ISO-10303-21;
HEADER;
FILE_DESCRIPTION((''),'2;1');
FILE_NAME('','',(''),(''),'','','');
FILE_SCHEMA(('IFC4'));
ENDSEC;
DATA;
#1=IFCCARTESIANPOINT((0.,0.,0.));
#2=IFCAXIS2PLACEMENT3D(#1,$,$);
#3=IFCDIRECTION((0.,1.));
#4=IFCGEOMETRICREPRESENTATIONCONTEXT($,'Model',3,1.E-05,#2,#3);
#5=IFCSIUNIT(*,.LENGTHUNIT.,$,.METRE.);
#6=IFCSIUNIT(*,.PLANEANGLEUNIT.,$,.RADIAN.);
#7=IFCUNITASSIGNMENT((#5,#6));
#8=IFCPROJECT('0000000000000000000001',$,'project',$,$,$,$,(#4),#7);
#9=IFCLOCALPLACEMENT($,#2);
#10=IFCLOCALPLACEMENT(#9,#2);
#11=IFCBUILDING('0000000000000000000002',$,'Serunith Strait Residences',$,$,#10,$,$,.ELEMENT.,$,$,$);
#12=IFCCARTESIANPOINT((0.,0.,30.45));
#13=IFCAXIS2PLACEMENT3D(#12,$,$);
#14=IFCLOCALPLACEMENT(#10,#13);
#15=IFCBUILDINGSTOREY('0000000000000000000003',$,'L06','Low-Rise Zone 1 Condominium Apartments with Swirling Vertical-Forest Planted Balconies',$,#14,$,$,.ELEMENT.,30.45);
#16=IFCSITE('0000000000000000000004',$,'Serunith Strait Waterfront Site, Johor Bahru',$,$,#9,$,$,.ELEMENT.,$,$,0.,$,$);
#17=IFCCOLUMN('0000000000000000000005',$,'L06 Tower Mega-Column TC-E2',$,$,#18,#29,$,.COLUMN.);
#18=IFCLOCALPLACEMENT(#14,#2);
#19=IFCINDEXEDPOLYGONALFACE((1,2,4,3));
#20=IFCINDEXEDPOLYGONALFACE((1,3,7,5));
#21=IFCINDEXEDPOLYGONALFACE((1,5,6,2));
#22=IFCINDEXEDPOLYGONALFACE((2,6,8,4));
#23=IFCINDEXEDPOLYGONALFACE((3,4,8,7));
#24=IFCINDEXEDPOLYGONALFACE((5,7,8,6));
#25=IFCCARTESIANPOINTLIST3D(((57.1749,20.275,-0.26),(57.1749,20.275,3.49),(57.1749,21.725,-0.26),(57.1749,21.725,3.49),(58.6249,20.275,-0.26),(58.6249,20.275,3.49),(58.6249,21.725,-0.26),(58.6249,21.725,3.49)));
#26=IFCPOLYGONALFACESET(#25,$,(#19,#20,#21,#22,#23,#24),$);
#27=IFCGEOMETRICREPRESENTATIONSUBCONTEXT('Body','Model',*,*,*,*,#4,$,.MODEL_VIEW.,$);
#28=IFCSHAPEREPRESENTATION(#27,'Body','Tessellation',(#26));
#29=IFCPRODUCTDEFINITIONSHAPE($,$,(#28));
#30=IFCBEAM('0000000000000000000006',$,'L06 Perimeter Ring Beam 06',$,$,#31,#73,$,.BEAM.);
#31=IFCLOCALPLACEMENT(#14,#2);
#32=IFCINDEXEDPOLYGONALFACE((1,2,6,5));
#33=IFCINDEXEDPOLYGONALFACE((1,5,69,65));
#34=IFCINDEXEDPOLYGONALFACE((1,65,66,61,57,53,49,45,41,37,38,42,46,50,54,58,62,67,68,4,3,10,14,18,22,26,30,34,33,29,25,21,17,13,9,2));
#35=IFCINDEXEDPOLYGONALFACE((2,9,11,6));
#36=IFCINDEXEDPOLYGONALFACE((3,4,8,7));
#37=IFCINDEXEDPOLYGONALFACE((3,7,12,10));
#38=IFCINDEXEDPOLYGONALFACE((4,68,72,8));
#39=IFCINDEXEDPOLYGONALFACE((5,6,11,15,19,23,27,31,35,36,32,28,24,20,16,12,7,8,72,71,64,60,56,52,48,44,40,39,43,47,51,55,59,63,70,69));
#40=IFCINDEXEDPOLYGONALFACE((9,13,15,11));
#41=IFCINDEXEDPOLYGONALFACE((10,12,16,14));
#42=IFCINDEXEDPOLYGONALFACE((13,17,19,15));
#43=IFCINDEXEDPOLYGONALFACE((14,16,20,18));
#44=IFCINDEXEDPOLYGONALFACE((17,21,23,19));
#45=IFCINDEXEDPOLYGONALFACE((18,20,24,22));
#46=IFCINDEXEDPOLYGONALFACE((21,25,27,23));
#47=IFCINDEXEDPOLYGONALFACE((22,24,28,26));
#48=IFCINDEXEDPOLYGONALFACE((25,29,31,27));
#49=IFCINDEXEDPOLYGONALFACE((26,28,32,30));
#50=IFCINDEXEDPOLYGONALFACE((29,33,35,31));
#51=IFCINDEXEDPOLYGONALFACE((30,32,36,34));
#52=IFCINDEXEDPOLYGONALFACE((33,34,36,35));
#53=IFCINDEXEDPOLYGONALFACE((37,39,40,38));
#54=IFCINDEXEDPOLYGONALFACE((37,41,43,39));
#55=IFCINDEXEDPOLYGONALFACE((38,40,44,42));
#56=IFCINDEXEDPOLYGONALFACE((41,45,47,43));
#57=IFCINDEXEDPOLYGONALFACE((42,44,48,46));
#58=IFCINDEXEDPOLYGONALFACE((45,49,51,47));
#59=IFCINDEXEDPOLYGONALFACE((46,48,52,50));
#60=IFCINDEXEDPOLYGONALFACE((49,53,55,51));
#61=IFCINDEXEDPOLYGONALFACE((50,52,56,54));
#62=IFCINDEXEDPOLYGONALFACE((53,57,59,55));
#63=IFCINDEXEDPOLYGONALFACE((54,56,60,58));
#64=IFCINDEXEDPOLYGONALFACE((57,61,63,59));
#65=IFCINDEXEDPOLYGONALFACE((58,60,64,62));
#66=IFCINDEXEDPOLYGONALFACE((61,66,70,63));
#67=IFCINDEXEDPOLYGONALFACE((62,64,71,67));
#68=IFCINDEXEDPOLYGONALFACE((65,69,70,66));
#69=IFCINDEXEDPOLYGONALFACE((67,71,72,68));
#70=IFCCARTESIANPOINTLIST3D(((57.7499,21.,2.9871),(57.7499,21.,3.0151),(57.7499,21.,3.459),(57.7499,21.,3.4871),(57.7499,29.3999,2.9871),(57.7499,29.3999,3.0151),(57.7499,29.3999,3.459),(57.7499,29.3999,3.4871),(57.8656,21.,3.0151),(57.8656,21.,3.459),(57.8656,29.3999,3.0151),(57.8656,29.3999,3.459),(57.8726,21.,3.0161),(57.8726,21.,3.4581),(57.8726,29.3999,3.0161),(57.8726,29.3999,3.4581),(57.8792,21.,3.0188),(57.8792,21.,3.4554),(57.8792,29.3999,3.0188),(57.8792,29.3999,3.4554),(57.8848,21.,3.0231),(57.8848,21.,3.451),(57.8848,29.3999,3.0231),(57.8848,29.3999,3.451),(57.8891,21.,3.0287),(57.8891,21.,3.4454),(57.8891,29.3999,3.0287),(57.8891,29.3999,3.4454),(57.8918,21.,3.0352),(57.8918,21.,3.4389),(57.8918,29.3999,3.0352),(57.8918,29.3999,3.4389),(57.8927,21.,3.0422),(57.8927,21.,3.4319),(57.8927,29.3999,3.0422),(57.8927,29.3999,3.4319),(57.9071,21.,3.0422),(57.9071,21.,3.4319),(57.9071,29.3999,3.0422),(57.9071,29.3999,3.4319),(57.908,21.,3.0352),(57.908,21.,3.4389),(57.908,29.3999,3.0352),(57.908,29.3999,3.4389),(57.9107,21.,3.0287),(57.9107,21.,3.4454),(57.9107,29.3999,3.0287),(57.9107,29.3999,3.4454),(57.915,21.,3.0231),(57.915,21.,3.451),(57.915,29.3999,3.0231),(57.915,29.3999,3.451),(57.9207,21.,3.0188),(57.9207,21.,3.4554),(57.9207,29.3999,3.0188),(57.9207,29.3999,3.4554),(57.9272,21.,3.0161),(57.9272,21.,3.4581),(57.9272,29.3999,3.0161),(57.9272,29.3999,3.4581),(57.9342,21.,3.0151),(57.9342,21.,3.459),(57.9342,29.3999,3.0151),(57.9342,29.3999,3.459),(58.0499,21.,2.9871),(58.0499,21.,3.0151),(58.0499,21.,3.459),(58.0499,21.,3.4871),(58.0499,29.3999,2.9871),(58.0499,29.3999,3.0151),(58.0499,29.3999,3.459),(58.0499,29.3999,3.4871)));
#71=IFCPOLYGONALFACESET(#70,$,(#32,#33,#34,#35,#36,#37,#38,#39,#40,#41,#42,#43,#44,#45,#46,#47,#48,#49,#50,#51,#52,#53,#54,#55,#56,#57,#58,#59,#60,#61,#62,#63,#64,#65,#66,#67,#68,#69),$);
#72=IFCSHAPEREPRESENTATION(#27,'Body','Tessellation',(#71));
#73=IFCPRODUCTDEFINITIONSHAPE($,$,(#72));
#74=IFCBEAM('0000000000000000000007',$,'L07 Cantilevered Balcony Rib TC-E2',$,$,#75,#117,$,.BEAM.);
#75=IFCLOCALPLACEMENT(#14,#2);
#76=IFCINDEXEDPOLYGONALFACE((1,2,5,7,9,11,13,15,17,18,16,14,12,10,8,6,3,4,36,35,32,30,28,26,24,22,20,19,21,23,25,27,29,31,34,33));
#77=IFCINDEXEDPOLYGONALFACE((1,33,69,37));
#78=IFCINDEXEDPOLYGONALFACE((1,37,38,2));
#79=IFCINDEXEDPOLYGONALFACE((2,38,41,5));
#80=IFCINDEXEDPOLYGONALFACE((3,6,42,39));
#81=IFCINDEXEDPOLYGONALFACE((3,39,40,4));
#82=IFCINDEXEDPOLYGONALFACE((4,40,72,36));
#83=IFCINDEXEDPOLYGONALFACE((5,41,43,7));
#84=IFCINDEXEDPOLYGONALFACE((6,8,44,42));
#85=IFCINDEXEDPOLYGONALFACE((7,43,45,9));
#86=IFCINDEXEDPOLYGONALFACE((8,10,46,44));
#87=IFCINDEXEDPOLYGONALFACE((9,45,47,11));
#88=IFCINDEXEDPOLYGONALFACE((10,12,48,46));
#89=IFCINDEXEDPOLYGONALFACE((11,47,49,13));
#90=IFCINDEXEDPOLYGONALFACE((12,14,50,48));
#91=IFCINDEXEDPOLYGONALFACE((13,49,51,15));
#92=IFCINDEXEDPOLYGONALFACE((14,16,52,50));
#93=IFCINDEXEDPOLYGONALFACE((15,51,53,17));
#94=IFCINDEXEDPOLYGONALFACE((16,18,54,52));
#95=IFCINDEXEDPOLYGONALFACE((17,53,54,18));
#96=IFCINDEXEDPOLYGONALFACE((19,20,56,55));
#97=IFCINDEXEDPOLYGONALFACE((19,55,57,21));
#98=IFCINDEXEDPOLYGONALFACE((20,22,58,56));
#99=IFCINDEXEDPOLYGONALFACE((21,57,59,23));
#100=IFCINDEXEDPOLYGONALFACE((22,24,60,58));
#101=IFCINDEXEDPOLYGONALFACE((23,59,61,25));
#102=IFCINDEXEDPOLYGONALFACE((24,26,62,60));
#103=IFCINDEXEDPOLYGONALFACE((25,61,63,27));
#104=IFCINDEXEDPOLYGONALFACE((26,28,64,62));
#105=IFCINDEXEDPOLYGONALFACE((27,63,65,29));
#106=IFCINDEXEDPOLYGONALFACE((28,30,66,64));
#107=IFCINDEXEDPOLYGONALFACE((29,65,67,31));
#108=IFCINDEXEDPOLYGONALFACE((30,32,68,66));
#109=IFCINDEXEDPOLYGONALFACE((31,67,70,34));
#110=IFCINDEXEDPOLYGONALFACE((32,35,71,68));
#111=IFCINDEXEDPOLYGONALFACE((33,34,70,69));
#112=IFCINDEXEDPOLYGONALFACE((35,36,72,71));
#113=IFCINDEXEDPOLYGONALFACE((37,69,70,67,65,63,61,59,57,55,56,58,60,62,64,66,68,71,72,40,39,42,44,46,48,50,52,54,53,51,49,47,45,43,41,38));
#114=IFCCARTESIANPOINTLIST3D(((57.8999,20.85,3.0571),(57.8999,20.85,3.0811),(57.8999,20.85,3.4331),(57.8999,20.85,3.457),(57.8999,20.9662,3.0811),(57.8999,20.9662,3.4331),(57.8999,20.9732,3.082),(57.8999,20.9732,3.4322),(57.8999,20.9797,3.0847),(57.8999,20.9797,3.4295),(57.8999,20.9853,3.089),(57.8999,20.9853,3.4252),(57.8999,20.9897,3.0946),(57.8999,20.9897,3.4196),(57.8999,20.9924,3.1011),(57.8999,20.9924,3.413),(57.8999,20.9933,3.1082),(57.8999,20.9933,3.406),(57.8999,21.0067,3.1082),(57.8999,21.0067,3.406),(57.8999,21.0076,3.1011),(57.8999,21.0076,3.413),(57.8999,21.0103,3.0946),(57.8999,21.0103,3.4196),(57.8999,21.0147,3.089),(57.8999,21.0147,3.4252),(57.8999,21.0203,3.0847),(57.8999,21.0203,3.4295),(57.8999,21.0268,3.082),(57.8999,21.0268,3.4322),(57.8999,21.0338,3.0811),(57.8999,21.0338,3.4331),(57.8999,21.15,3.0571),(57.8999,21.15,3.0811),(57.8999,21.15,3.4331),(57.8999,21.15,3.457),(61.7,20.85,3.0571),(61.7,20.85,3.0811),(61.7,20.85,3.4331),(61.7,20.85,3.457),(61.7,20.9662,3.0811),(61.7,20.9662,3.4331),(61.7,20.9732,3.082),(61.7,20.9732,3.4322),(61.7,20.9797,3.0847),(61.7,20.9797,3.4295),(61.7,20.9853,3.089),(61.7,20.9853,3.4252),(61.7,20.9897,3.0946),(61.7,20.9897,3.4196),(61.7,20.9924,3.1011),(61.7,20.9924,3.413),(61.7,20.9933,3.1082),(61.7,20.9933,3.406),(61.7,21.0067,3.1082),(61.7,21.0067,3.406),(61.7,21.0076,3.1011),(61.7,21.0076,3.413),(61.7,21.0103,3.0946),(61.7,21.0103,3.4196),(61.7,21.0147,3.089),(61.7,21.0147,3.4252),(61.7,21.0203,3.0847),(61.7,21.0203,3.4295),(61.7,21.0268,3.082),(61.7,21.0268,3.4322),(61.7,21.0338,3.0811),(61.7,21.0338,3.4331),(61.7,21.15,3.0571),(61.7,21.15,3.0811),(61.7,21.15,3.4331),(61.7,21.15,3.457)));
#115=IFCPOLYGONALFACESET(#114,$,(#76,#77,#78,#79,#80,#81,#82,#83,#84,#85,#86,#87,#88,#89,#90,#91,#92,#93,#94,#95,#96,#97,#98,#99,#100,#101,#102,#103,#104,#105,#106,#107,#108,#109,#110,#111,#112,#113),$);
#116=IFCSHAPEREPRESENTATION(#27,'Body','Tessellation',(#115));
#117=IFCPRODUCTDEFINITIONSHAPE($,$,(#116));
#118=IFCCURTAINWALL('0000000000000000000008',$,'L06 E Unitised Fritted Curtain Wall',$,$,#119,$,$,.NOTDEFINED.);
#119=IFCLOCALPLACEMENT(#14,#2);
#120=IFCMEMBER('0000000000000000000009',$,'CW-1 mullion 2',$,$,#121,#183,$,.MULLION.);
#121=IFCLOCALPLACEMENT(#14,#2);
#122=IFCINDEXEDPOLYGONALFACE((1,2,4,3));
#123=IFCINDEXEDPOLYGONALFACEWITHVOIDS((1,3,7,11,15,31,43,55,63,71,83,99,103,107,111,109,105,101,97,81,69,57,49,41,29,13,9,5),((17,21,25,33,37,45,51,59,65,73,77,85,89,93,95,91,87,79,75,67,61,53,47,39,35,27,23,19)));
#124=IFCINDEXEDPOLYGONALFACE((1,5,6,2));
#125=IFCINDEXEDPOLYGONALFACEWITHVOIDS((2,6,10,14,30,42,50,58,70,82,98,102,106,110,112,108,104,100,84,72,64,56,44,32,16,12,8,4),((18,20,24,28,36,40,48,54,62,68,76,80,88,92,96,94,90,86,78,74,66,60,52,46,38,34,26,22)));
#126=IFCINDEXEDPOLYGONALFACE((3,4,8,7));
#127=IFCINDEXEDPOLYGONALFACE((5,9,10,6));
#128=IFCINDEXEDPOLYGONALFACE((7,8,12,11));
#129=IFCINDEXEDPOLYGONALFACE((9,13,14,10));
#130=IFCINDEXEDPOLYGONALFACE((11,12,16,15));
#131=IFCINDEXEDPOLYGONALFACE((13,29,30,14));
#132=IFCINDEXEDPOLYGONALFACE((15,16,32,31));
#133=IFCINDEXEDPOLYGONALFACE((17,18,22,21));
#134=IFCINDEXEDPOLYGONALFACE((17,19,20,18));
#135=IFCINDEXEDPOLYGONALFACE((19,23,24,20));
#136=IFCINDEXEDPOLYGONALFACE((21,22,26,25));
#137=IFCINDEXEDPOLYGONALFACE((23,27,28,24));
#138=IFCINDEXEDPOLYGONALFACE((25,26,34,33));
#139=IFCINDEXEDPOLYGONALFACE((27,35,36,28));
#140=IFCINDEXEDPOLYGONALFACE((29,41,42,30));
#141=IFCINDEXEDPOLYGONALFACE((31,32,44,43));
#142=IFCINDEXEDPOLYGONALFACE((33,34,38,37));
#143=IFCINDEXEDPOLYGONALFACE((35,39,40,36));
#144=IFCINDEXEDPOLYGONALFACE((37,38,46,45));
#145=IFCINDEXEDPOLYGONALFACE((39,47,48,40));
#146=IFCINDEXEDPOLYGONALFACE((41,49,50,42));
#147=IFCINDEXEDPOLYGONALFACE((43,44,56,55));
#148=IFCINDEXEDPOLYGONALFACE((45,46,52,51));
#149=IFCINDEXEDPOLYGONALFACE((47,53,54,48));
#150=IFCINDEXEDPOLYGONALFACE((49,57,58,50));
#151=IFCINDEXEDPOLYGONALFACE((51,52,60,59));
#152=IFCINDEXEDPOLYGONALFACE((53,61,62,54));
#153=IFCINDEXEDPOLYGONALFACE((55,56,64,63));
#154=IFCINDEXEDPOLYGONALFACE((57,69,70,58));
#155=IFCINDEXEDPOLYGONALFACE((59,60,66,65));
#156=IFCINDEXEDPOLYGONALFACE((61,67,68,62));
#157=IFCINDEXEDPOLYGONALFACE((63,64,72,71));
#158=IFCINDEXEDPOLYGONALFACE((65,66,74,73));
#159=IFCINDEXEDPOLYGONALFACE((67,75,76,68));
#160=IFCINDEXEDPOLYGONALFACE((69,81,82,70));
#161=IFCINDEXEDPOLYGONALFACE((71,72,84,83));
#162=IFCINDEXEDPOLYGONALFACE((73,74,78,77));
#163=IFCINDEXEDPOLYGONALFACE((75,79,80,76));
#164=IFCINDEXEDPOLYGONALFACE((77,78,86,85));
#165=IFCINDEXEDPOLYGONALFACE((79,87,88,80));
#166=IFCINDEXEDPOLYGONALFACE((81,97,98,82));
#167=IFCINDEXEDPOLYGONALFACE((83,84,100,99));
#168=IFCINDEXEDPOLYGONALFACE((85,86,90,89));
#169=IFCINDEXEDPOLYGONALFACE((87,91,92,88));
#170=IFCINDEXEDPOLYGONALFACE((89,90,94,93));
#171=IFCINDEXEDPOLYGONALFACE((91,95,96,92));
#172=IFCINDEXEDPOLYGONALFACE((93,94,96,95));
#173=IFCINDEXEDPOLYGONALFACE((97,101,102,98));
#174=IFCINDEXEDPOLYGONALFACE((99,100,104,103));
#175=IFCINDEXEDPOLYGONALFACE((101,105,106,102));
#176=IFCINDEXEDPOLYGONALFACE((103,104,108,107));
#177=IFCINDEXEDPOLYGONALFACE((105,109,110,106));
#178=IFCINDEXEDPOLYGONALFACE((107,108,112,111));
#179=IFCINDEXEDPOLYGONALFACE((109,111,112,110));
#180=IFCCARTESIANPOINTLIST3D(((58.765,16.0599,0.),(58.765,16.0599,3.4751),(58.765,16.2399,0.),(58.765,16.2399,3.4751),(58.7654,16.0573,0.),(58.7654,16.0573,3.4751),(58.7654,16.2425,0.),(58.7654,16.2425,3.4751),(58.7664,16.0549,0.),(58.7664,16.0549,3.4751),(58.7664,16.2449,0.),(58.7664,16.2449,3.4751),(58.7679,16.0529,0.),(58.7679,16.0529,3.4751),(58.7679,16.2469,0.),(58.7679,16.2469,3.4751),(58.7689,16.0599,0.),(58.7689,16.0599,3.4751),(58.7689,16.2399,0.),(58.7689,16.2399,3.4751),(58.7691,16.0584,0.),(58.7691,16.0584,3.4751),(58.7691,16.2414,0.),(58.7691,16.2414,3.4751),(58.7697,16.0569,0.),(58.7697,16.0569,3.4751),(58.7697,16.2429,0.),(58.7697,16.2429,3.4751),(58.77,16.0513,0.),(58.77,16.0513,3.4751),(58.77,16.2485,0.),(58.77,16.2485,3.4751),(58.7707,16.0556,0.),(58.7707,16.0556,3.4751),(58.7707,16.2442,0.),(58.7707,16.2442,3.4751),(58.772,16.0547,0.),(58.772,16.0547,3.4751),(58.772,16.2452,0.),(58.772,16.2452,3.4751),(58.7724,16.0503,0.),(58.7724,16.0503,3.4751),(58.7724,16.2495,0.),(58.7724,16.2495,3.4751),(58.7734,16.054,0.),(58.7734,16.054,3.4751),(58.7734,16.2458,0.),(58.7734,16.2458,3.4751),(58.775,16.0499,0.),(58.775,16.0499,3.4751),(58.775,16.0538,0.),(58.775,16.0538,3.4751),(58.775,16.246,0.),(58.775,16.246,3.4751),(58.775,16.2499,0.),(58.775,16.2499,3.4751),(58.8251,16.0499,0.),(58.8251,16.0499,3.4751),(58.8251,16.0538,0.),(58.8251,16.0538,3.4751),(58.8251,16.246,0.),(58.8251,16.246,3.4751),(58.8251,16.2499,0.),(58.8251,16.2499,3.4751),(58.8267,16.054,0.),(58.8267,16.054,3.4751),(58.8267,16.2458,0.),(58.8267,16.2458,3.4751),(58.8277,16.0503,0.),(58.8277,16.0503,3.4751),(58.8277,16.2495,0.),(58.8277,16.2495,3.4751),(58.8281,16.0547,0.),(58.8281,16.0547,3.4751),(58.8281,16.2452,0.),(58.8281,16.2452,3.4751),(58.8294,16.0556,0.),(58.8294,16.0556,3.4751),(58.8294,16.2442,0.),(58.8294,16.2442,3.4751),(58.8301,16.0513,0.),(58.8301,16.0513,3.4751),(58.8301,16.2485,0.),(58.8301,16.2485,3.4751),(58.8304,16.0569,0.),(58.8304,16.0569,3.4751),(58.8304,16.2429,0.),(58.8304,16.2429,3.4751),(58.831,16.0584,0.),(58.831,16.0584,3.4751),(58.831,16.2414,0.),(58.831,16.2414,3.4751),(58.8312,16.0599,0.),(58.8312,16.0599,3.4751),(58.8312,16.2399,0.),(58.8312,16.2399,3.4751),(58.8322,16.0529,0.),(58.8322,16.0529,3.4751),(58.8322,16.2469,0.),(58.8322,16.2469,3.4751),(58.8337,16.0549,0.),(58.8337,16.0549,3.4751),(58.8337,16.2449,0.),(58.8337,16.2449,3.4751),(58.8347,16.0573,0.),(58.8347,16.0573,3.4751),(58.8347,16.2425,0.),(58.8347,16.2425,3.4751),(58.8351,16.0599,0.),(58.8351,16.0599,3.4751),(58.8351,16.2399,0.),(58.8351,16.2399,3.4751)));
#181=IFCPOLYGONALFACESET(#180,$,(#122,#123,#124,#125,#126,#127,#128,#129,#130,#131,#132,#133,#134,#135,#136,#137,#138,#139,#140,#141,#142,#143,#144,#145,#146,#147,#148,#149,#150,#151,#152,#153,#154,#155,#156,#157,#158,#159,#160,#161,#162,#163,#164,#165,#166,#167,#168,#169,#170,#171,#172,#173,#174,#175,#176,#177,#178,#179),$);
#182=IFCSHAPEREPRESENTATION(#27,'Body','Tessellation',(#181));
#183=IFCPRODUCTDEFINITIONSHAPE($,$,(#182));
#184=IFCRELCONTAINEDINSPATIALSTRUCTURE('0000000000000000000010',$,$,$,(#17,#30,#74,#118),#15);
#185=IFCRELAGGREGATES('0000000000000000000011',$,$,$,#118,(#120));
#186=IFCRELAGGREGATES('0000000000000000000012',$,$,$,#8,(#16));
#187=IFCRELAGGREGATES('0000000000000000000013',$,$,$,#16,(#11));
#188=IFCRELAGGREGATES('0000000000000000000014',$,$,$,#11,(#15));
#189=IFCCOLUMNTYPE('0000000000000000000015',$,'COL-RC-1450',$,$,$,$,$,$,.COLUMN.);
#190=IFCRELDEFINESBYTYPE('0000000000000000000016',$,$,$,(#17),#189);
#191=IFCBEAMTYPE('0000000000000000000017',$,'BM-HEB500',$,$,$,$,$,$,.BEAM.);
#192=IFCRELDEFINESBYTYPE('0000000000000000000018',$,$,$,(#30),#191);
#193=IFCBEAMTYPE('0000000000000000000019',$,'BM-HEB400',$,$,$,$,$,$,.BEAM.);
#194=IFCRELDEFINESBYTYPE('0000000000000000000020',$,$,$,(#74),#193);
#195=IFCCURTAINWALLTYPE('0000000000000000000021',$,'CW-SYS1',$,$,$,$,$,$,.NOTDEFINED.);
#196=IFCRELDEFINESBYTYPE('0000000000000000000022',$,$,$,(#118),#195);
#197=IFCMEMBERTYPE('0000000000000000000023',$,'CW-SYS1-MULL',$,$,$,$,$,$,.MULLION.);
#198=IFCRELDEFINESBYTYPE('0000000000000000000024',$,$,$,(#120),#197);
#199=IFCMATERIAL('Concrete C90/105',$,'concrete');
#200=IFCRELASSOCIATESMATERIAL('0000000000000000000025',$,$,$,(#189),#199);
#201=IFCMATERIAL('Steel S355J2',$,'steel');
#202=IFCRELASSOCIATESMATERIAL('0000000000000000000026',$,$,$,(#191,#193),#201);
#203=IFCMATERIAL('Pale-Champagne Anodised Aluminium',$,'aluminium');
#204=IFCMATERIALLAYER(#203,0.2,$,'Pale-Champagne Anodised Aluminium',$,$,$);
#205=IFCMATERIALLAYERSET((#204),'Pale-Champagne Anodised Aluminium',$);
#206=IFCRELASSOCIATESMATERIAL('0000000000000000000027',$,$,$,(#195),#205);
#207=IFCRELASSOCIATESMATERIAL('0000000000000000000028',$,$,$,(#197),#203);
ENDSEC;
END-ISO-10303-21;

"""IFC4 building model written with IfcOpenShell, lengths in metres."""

from ifc_helpers import new_model, si_unit, direction, frame, origin, origin_2d, place, context, subcontext, project, spatial, rectangle, hollow_rectangle, i_section, extrude, source, transform, mapped, material, layer, layer_set, material_profile, profile_set, type_object, element, aggregate, save


model = new_model("IFC4")

# Units and contexts
model_context = context("Model", 3, precision=1e-05, world=origin(), true_north=direction((0.0, 1.0)))
body_context = subcontext(model_context, "Body", "Model", "MODEL_VIEW")
ifc_project = project(units=[si_unit("LENGTHUNIT", "METRE"), si_unit("PLANEANGLEUNIT", "RADIAN")], contexts=[model_context])

# Site, building, storey
site_placement = place(None, origin())
site = spatial("IfcSite", under=ifc_project, at=site_placement, Name="Serunith Strait Waterfront Site, Johor Bahru", CompositionType="ELEMENT", RefElevation=0.0)
building_placement = place(site_placement, origin())
building = spatial("IfcBuilding", under=site, at=building_placement, Name="Serunith Strait Residences", CompositionType="ELEMENT")
storey_placement = place(building_placement, frame((0.0, 0.0, 30.45)))
storey = spatial("IfcBuildingStorey", under=building, at=storey_placement, Name="L06", Description="Low-Rise Zone 1 Condominium Apartments with Swirling Vertical-Forest Planted Balconies", CompositionType="ELEMENT", Elevation=30.45)

# Column
ifc_material_1 = material(Name="Concrete C90/105", Category="concrete")
ifc_material_profile_1 = material_profile(ifc_material_1, rectangle(XDim=1.45, YDim=1.45, at=origin_2d()), Name="RC 1450x1450")
ifc_profile_set_1 = profile_set([ifc_material_profile_1], Name="Concrete C90/105")
column_type = type_object("IfcColumnType", Name="COL-RC-1450", PredefinedType="COLUMN", material=ifc_profile_set_1)
shared_shape_1 = source(origin(), body_context, "Body", "SweptSolid", [
    extrude(rectangle(XDim=1.45, YDim=1.45, at=origin_2d()), origin(), (0.0, 0.0, 1.0), 3.75),
])
column_placement = place(storey_placement, frame((57.8999, 21.0, -0.26), z_axis=(0.0, 0.0, 1.0), x_axis=(1.0, 0.0, 0.0)))
element("IfcColumn", 1, at=column_placement, inside=storey, type_object=column_type, Name="L06 Tower Mega-Column TC-E2", PredefinedType="COLUMN", context=body_context, shape_type="MappedRepresentation", body=[
    mapped(shared_shape_1, transform((0.0, 0.0, 0.0), scale=1.0)),
])

# Beams
ifc_material_2 = material(Name="Steel S355J2", Category="steel")
ifc_material_profile_2 = material_profile(ifc_material_2, i_section(OverallWidth=0.3, OverallDepth=0.5, WebThickness=0.0144, FlangeThickness=0.0281, FilletRadius=0.0271, at=origin_2d()), Name="HEB 500")
ifc_profile_set_2 = profile_set([ifc_material_profile_2], Name="Steel S355J2")
beam_type_1 = type_object("IfcBeamType", Name="BM-HEB500", PredefinedType="BEAM", material=ifc_profile_set_2)
shared_shape_2 = source(origin(), body_context, "Body", "SweptSolid", [
    extrude(i_section(OverallWidth=0.3, OverallDepth=0.5, WebThickness=0.0144, FlangeThickness=0.0281, FilletRadius=0.0271, at=origin_2d()), origin(), (0.0, 0.0, 1.0), 8.3999),
])
beam_1_placement = place(storey_placement, frame((57.8999, 21.0, 3.2371), z_axis=(0.0, 1.0, 0.0), x_axis=(-1.0, 0.0, 0.0)))
element("IfcBeam", 2, at=beam_1_placement, inside=storey, type_object=beam_type_1, Name="L06 Perimeter Ring Beam 06", PredefinedType="BEAM", context=body_context, shape_type="MappedRepresentation", body=[
    mapped(shared_shape_2, transform((0.0, 0.0, 0.0), scale=1.0)),
])
ifc_material_profile_3 = material_profile(ifc_material_2, i_section(OverallWidth=0.3, OverallDepth=0.3999, WebThickness=0.0134, FlangeThickness=0.0239, FilletRadius=0.0271, at=origin_2d()), Name="HEB 400")
ifc_profile_set_3 = profile_set([ifc_material_profile_3], Name="Steel S355J2")
beam_type_2 = type_object("IfcBeamType", Name="BM-HEB400", PredefinedType="BEAM", material=ifc_profile_set_3)
shared_shape_3 = source(origin(), body_context, "Body", "SweptSolid", [
    extrude(i_section(OverallWidth=0.3, OverallDepth=0.3999, WebThickness=0.0134, FlangeThickness=0.0239, FilletRadius=0.0271, at=origin_2d()), origin(), (0.0, 0.0, 1.0), 3.8),
])
beam_2_placement = place(storey_placement, frame((57.8999, 21.0, 3.2571), z_axis=(1.0, 0.0, 0.0), x_axis=(0.0, 1.0, 0.0)))
element("IfcBeam", 3, at=beam_2_placement, inside=storey, type_object=beam_type_2, Name="L07 Cantilevered Balcony Rib TC-E2", PredefinedType="BEAM", context=body_context, shape_type="MappedRepresentation", body=[
    mapped(shared_shape_3, transform((0.0, 0.0, 0.0), scale=1.0)),
])

# Curtain wall, member
ifc_material_3 = material(Name="Pale-Champagne Anodised Aluminium", Category="aluminium")
ifc_layer_1 = layer(ifc_material_3, 0.2, Name="Pale-Champagne Anodised Aluminium")
ifc_layer_set_1 = layer_set([ifc_layer_1], Name="Pale-Champagne Anodised Aluminium")
curtain_wall_type = type_object("IfcCurtainWallType", Name="CW-SYS1", PredefinedType="NOTDEFINED", material=ifc_layer_set_1)
curtain_wall_placement = place(storey_placement, origin())
curtain_wall = element("IfcCurtainWall", 4, at=curtain_wall_placement, inside=storey, type_object=curtain_wall_type, Name="L06 E Unitised Fritted Curtain Wall", PredefinedType="NOTDEFINED")
ifc_material_profile_4 = material_profile(ifc_material_3, hollow_rectangle(XDim=0.0701, YDim=0.2, WallThickness=0.0039, InnerFilletRadius=0.0061, OuterFilletRadius=0.01, at=origin_2d()), Name="ALU 200x70x4")
ifc_profile_set_4 = profile_set([ifc_material_profile_4], Name="Pale-Champagne Anodised Aluminium")
member_type_1 = type_object("IfcMemberType", Name="CW-SYS1-MULL", PredefinedType="MULLION", material=ifc_profile_set_4)
shared_shape_4 = source(origin(), body_context, "Body", "SweptSolid", [
    extrude(hollow_rectangle(XDim=0.0701, YDim=0.2, WallThickness=0.0039, InnerFilletRadius=0.0061, OuterFilletRadius=0.01, at=origin_2d()), origin(), (0.0, 0.0, 1.0), 3.4751),
])
member_1_placement = place(storey_placement, frame((58.8, 16.1499, 0.0), z_axis=(0.0, 0.0, 1.0), x_axis=(-1.0, 0.0, 0.0)))
member_1 = element("IfcMember", 5, at=member_1_placement, type_object=member_type_1, Name="CW-1 mullion 2", PredefinedType="MULLION", context=body_context, shape_type="MappedRepresentation", body=[
    mapped(shared_shape_4, transform((0.0, 0.0, 0.0), scale=1.0)),
])
aggregate(curtain_wall, [member_1])

save(model, "model.ifc")
